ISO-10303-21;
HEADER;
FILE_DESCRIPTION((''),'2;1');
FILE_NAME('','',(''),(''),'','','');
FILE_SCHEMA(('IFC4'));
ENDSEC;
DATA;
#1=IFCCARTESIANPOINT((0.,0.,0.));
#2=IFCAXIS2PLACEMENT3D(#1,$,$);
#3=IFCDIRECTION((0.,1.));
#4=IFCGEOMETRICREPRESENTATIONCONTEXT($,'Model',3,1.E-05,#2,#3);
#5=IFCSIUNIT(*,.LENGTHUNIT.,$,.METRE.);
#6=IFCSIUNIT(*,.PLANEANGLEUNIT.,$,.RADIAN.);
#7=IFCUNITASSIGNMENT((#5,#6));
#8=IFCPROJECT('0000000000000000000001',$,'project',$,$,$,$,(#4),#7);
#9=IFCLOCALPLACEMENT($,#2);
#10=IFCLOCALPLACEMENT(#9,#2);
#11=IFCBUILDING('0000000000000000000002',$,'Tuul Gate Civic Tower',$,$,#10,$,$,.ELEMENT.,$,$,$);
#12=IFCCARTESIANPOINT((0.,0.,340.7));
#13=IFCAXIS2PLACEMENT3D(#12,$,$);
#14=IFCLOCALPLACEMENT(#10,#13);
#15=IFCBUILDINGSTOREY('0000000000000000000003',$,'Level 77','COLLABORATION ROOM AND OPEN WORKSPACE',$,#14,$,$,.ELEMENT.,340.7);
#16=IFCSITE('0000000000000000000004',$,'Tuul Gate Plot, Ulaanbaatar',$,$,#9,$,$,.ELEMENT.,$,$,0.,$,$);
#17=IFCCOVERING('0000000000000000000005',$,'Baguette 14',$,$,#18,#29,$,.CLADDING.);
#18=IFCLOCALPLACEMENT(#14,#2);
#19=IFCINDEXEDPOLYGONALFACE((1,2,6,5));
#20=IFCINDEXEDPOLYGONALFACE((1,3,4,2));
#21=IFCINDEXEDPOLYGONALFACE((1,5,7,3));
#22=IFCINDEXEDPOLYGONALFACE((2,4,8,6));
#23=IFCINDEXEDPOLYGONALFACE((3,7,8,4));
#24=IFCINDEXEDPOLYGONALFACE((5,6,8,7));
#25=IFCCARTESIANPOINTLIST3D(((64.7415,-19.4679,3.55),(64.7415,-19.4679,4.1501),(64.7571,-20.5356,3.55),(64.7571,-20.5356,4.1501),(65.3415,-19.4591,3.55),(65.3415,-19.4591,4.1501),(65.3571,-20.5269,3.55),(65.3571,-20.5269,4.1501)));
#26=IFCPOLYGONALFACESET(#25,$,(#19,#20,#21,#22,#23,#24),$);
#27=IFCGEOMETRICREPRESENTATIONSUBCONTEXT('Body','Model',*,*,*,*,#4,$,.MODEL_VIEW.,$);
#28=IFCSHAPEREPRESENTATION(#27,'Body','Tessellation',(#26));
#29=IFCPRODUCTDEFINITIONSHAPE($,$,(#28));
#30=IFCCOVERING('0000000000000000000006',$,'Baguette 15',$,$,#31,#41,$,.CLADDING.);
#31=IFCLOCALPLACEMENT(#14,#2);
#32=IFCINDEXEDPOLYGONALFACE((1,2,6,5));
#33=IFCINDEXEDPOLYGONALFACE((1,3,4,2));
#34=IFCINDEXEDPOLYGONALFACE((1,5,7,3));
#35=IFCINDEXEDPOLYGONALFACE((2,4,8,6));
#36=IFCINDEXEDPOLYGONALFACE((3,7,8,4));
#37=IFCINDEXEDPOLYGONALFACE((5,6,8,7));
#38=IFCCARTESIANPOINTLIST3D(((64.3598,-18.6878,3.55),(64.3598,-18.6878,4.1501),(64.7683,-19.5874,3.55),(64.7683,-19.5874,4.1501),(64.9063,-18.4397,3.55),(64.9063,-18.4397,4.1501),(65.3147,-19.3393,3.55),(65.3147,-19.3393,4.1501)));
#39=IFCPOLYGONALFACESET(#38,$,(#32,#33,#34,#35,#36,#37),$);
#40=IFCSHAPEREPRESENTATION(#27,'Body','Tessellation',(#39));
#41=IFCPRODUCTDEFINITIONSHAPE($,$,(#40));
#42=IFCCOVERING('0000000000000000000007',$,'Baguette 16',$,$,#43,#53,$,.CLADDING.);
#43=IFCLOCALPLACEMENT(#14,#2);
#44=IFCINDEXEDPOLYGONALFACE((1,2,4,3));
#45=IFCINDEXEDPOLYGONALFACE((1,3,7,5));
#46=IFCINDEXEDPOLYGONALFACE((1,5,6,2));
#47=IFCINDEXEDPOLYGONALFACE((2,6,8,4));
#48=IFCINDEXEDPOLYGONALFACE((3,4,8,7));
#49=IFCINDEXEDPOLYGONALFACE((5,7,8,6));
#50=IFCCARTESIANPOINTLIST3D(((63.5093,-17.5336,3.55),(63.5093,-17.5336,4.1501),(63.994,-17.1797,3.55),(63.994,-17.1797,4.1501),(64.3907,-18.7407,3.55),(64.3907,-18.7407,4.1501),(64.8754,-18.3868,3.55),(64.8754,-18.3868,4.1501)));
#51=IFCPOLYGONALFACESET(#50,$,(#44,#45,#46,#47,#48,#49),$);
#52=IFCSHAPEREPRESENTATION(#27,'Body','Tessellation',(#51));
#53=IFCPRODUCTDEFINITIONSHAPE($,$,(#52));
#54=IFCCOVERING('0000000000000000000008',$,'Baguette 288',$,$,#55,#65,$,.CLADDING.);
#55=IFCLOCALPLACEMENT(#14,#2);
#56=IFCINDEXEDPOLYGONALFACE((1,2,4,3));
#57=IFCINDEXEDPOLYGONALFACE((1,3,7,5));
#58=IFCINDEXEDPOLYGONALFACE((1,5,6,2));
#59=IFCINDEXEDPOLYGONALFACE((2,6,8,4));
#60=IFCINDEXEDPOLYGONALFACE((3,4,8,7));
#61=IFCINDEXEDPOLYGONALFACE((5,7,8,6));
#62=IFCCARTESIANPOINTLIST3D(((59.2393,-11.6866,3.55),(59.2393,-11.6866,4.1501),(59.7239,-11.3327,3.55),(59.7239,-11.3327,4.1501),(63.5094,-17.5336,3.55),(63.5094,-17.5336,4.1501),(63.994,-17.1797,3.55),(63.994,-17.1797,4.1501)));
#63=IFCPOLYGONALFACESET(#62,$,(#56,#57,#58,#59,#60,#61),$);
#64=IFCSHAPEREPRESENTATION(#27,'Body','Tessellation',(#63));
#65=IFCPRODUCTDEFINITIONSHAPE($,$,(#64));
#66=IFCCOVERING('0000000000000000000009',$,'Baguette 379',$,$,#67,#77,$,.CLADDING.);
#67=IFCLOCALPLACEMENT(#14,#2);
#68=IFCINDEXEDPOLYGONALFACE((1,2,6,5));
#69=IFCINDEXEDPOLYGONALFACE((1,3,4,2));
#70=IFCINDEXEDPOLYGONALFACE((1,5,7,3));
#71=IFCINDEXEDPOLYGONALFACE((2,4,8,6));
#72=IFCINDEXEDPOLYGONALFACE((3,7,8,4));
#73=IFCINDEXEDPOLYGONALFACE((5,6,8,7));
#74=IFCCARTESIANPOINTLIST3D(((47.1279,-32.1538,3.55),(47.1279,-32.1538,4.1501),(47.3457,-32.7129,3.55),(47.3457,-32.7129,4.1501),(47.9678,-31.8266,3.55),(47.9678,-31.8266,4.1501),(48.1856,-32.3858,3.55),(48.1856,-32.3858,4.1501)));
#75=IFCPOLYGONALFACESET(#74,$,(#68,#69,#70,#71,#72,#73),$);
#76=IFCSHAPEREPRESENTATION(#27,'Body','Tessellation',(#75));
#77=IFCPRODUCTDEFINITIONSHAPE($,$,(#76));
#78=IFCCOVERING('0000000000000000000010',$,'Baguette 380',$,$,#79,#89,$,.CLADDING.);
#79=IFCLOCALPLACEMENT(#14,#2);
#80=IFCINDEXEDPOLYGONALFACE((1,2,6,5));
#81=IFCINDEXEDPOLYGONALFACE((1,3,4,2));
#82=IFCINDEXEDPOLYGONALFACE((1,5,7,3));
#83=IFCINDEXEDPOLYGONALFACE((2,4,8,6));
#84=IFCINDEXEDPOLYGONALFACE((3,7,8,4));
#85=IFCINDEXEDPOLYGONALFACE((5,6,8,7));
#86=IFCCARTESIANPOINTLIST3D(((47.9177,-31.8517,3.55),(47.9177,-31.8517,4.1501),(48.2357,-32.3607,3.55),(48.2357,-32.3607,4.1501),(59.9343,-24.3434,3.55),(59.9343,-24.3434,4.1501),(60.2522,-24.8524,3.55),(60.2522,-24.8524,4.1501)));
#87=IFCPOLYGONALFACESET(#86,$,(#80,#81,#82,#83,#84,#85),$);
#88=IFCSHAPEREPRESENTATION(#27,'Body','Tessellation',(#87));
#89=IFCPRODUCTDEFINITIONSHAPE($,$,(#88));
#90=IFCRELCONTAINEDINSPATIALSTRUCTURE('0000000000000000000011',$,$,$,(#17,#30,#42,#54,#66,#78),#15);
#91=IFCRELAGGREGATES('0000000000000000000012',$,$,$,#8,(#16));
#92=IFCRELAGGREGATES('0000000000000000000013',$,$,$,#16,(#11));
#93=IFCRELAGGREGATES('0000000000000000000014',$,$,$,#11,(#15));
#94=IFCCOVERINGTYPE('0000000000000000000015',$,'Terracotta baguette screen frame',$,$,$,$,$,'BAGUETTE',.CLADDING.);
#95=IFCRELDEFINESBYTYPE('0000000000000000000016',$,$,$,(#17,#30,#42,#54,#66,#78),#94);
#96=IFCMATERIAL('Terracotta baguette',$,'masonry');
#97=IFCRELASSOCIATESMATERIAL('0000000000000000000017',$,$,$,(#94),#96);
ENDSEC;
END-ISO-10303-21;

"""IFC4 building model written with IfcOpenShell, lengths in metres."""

from ifc_helpers import new_model, si_unit, direction, frame, origin, origin_2d, place, context, subcontext, project, spatial, rectangle, extrude, material, material_profile, profile_set, type_object, element, save


model = new_model("IFC4")

# Units and contexts
model_context = context("Model", 3, precision=1e-05, world=origin(), true_north=direction((0.0, 1.0)))
body_context = subcontext(model_context, "Body", "Model", "MODEL_VIEW")
ifc_project = project(units=[si_unit("LENGTHUNIT", "METRE"), si_unit("PLANEANGLEUNIT", "RADIAN")], contexts=[model_context])

# Site, building, storey
site_placement = place(None, origin())
site = spatial("IfcSite", under=ifc_project, at=site_placement, Name="Tuul Gate Plot, Ulaanbaatar", CompositionType="ELEMENT", RefElevation=0.0)
building_placement = place(site_placement, origin())
building = spatial("IfcBuilding", under=site, at=building_placement, Name="Tuul Gate Civic Tower", CompositionType="ELEMENT")
storey_placement = place(building_placement, frame((0.0, 0.0, 340.7)))
storey = spatial("IfcBuildingStorey", under=building, at=storey_placement, Name="Level 77", Description="COLLABORATION ROOM AND OPEN WORKSPACE", CompositionType="ELEMENT", Elevation=340.7)

# Coverings
ifc_material_1 = material(Name="Terracotta baguette", Category="masonry")
ifc_material_profile_1 = material_profile(ifc_material_1, rectangle(XDim=0.6001, YDim=0.6001, at=origin_2d()), Name="Terracotta baguette screen frame")
ifc_profile_set_1 = profile_set([ifc_material_profile_1], Name="Terracotta baguette")
covering_type = type_object("IfcCoveringType", Name="Terracotta baguette screen frame", ElementType="BAGUETTE", PredefinedType="CLADDING", material=ifc_profile_set_1)
covering_1_placement = place(storey_placement, frame((65.0571, -20.5312, 3.8501), z_axis=(-0.01463, 0.999893, 0.0), x_axis=(-0.999893, -0.01463, 0.0)))
element("IfcCovering", 1, at=covering_1_placement, inside=storey, type_object=covering_type, Name="Baguette 14", PredefinedType="CLADDING", context=body_context, shape_type="SweptSolid", body=[
    extrude(rectangle(XDim=0.6001, YDim=0.6001, at=origin_2d()), origin(), (0.0, 0.0, 1.0), 1.0679),
])
covering_2_placement = place(storey_placement, frame((65.0415, -19.4634, 3.8501), z_axis=(-0.413393, 0.910553, 0.0), x_axis=(-0.910553, -0.413393, 0.0)))
element("IfcCovering", 2, at=covering_2_placement, inside=storey, type_object=covering_type, Name="Baguette 15", PredefinedType="CLADDING", context=body_context, shape_type="SweptSolid", body=[
    extrude(rectangle(XDim=0.6001, YDim=0.6001, at=origin_2d()), origin(), (0.0, 0.0, 1.0), 0.988),
])
covering_3_placement = place(storey_placement, frame((64.6331, -18.5637, 3.8501), z_axis=(-0.589705, 0.807619, 0.0), x_axis=(-0.807619, -0.589705, 0.0)))
element("IfcCovering", 3, at=covering_3_placement, inside=storey, type_object=covering_type, Name="Baguette 16", PredefinedType="CLADDING", context=body_context, shape_type="SweptSolid", body=[
    extrude(rectangle(XDim=0.6001, YDim=0.6001, at=origin_2d()), origin(), (0.0, 0.0, 1.0), 1.4946),
])
covering_4_placement = place(storey_placement, frame((63.7517, -17.3567, 3.8501), z_axis=(-0.589771, 0.807571, 0.0), x_axis=(-0.807571, -0.589771, 0.0)))
element("IfcCovering", 4, at=covering_4_placement, inside=storey, type_object=covering_type, Name="Baguette 288", PredefinedType="CLADDING", context=body_context, shape_type="SweptSolid", body=[
    extrude(rectangle(XDim=0.6001, YDim=0.6001, at=origin_2d()), origin(), (0.0, 0.0, 1.0), 7.2402),
])
covering_5_placement = place(storey_placement, frame((47.2368, -32.4333, 3.8501), z_axis=(0.931801, 0.362969, 0.0), x_axis=(-0.362969, 0.931801, 0.0)))
element("IfcCovering", 5, at=covering_5_placement, inside=storey, type_object=covering_type, Name="Baguette 379", PredefinedType="CLADDING", context=body_context, shape_type="SweptSolid", body=[
    extrude(rectangle(XDim=0.6001, YDim=0.6001, at=origin_2d()), origin(), (0.0, 0.0, 1.0), 0.9014),
])
covering_6_placement = place(storey_placement, frame((48.0767, -32.1062, 3.8501), z_axis=(0.848064, 0.529894, 0.0), x_axis=(-0.529894, 0.848064, 0.0)))
element("IfcCovering", 6, at=covering_6_placement, inside=storey, type_object=covering_type, Name="Baguette 380", PredefinedType="CLADDING", context=body_context, shape_type="SweptSolid", body=[
    extrude(rectangle(XDim=0.6001, YDim=0.6001, at=origin_2d()), origin(), (0.0, 0.0, 1.0), 14.1694),
])

save(model, "model.ifc")
